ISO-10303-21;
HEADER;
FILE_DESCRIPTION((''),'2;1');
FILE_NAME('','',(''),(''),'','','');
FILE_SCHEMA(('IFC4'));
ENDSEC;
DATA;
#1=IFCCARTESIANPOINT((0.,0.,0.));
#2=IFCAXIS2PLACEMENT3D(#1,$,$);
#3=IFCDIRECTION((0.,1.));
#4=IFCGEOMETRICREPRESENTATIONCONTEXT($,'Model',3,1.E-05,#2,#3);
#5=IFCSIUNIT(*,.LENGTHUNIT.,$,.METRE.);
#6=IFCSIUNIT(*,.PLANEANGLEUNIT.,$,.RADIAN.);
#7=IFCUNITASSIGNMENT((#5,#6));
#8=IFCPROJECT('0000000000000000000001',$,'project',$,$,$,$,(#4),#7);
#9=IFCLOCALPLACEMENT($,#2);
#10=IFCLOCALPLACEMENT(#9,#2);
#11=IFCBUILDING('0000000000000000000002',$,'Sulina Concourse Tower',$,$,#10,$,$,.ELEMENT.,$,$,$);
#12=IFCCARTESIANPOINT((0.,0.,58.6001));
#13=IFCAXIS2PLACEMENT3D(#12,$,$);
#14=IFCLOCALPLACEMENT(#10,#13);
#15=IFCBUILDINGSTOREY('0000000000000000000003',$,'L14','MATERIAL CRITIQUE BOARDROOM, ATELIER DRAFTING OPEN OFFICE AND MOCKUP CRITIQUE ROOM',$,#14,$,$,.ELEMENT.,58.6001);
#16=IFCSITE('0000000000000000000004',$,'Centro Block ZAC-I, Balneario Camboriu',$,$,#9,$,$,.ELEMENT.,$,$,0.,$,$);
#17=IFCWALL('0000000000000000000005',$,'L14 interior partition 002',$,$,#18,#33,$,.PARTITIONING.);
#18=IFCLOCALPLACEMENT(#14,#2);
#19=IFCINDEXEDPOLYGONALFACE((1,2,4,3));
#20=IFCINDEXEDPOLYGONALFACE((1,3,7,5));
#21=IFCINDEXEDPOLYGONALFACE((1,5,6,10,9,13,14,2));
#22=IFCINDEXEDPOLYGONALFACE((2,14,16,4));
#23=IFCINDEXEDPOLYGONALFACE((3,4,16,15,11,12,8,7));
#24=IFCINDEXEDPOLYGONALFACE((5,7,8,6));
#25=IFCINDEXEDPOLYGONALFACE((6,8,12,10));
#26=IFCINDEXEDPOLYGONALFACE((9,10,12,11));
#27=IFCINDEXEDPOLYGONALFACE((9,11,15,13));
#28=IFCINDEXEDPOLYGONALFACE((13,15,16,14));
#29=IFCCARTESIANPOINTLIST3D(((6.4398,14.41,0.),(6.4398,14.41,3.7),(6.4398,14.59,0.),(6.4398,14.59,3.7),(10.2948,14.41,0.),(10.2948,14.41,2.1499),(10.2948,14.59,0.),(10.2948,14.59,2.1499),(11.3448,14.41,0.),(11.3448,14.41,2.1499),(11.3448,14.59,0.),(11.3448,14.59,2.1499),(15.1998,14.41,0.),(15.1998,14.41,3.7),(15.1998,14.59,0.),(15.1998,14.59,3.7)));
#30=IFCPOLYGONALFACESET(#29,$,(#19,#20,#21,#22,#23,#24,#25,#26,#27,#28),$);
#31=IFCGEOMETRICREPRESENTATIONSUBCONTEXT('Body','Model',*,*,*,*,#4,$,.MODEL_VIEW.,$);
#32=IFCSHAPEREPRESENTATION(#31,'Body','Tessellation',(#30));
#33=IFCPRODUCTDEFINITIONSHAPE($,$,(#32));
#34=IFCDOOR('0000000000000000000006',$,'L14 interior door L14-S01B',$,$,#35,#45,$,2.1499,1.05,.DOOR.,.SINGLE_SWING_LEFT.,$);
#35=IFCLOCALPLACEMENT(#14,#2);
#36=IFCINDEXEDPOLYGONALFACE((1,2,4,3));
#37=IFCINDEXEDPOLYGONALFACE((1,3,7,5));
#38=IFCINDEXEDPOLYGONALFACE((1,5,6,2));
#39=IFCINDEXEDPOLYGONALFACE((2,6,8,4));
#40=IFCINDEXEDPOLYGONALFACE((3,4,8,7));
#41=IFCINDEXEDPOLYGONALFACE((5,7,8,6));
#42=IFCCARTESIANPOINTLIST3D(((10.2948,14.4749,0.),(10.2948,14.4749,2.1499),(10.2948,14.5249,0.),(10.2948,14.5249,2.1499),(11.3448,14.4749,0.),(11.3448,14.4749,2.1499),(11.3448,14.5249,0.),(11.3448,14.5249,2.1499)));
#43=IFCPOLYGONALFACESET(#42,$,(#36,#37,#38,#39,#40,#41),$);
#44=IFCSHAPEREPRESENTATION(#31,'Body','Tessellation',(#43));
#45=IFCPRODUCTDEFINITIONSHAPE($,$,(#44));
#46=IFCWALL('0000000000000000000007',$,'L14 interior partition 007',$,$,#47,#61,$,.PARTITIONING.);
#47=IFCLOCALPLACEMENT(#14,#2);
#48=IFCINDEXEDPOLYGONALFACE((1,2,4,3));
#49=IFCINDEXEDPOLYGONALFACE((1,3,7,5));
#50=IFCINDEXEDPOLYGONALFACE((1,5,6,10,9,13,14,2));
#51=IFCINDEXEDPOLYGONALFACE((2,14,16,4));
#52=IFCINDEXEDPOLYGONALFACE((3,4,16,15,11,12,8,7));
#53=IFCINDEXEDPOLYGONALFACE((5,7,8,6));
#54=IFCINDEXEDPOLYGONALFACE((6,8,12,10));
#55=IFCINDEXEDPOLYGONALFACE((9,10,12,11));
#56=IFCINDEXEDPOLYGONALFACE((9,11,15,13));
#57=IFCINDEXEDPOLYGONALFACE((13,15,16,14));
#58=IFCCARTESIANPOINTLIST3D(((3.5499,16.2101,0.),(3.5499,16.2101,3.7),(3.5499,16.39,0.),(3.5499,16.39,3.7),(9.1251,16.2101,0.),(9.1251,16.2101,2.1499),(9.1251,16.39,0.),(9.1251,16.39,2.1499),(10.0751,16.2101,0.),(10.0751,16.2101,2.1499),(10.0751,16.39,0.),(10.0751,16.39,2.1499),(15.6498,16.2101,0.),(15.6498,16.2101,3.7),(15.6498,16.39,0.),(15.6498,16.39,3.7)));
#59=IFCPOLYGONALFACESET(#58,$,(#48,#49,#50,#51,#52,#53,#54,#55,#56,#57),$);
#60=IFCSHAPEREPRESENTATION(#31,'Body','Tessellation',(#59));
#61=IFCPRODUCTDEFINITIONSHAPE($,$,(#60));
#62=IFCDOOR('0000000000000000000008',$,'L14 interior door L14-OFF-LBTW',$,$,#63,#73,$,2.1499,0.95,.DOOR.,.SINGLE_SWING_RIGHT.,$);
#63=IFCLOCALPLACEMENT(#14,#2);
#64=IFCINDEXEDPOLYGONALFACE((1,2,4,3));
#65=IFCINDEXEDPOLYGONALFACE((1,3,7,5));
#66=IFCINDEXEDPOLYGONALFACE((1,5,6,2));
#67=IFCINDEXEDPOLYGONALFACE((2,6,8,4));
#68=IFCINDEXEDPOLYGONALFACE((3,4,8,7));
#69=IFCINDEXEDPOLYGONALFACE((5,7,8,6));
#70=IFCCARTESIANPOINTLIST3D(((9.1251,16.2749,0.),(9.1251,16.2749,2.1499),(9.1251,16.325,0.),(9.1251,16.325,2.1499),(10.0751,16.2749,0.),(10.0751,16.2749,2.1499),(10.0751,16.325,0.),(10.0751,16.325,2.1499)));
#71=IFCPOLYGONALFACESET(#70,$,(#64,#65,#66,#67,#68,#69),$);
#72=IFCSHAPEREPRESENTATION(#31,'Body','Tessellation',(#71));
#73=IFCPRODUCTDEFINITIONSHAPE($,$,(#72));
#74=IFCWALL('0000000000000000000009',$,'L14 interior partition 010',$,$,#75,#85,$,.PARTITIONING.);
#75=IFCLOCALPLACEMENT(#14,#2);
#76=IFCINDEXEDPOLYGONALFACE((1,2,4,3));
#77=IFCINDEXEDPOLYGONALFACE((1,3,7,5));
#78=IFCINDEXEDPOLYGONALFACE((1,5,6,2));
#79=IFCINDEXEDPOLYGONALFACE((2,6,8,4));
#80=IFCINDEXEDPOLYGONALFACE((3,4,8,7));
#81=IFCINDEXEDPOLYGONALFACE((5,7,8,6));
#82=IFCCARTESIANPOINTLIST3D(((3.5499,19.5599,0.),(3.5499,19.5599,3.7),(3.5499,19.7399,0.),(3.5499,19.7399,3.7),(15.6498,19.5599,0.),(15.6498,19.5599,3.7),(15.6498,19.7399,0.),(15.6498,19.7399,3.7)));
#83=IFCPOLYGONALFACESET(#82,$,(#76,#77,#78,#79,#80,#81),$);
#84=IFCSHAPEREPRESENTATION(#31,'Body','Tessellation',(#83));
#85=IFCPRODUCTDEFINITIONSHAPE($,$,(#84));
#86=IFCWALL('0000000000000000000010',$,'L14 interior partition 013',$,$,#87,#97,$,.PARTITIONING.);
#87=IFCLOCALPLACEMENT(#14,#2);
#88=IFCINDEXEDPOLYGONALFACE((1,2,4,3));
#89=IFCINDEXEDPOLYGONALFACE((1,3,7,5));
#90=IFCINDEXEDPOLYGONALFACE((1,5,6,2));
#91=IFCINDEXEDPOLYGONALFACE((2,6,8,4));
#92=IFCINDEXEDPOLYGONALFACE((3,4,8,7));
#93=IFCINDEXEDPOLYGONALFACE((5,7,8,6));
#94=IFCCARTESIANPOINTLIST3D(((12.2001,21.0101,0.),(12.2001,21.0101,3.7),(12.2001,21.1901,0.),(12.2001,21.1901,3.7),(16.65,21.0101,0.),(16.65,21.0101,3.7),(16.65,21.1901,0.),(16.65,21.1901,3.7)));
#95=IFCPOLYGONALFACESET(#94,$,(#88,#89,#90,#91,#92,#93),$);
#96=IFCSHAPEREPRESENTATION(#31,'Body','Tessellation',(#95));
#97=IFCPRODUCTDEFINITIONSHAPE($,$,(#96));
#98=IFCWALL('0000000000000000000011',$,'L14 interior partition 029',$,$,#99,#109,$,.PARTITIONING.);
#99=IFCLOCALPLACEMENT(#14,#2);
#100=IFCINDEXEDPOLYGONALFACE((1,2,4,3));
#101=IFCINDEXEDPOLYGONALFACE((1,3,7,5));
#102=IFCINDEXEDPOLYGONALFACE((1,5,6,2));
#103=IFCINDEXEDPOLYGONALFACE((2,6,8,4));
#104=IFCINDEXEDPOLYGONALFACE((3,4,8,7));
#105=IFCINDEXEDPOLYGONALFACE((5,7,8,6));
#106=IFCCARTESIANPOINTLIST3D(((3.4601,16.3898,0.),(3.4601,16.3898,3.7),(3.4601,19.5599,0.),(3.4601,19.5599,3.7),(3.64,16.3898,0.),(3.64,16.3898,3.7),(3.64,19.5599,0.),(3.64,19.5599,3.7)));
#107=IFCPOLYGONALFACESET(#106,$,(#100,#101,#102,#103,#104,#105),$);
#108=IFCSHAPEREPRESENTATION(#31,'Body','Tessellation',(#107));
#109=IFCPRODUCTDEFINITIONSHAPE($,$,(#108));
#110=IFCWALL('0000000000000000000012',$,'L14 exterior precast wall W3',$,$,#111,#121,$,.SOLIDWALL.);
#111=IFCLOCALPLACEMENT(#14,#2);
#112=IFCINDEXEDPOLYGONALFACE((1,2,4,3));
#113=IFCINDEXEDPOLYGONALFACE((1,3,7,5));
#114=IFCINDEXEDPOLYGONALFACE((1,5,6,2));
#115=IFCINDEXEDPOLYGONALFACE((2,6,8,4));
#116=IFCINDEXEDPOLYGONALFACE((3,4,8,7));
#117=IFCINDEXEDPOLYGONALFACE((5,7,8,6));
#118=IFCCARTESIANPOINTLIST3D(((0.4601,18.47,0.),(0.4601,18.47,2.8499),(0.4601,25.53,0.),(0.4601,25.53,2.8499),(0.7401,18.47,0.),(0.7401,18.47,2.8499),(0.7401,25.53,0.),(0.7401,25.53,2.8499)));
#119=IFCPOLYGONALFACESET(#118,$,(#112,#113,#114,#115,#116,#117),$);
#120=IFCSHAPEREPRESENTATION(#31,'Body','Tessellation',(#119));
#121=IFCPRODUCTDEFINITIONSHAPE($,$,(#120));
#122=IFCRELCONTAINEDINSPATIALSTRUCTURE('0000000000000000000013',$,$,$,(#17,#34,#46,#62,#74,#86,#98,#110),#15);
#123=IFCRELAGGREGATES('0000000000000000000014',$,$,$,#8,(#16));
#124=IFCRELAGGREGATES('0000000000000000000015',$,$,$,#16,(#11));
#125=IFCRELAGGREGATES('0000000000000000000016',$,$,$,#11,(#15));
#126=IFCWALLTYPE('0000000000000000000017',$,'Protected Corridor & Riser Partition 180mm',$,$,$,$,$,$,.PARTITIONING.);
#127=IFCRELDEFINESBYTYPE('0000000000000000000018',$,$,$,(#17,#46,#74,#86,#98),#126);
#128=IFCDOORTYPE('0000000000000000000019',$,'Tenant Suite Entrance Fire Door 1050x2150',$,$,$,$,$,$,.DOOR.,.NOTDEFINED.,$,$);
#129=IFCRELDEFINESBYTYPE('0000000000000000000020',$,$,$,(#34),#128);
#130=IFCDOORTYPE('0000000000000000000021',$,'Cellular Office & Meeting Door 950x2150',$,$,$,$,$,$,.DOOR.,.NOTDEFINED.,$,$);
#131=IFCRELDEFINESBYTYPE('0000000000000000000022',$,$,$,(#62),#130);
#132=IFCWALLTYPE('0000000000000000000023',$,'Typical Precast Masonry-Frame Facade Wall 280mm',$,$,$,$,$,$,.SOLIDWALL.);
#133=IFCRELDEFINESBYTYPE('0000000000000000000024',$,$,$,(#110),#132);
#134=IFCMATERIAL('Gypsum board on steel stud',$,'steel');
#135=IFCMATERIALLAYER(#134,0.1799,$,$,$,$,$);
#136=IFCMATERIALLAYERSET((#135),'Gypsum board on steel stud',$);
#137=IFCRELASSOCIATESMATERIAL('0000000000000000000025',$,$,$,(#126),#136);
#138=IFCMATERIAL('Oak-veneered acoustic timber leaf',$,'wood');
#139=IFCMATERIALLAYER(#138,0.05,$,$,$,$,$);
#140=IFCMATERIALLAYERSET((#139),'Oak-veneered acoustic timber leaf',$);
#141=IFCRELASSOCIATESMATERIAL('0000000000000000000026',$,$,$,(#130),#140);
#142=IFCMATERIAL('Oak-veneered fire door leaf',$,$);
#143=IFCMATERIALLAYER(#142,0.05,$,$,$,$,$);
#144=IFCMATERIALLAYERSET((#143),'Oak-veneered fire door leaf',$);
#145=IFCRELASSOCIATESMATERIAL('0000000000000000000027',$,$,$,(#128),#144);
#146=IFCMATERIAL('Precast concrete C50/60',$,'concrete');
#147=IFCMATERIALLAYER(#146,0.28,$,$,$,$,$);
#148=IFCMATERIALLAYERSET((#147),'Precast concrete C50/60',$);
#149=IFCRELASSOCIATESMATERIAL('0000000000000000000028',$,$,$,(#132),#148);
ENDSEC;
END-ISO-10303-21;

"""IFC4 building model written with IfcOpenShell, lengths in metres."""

from ifc_helpers import new_model, si_unit, direction, frame, frame_2d, origin, place, context, subcontext, project, spatial, rectangle, extrude, material, layer, layer_set, type_object, element, fill, save


model = new_model("IFC4")

# Units and contexts
model_context = context("Model", 3, precision=1e-05, world=origin(), true_north=direction((0.0, 1.0)))
body_context = subcontext(model_context, "Body", "Model", "MODEL_VIEW")
ifc_project = project(units=[si_unit("LENGTHUNIT", "METRE"), si_unit("PLANEANGLEUNIT", "RADIAN")], contexts=[model_context])

# Site, building, storey
site_placement = place(None, origin())
site = spatial("IfcSite", under=ifc_project, at=site_placement, Name="Centro Block ZAC-I, Balneario Camboriu", CompositionType="ELEMENT", RefElevation=0.0)
building_placement = place(site_placement, origin())
building = spatial("IfcBuilding", under=site, at=building_placement, Name="Sulina Concourse Tower", CompositionType="ELEMENT")
storey_placement = place(building_placement, frame((0.0, 0.0, 58.6001)))
storey = spatial("IfcBuildingStorey", under=building, at=storey_placement, Name="L14", Description="MATERIAL CRITIQUE BOARDROOM, ATELIER DRAFTING OPEN OFFICE AND MOCKUP CRITIQUE ROOM", CompositionType="ELEMENT", Elevation=58.6001)

# Walls, openings, doors
ifc_material_1 = material(Name="Gypsum board on steel stud", Category="steel")
ifc_layer_1 = layer(ifc_material_1, 0.1799)
ifc_layer_set_1 = layer_set([ifc_layer_1], Name="Gypsum board on steel stud")
wall_type_1 = type_object("IfcWallType", Name="Protected Corridor & Riser Partition 180mm", PredefinedType="PARTITIONING", material=ifc_layer_set_1)
ifc_material_2 = material(Name="Oak-veneered acoustic timber leaf", Category="wood")
ifc_layer_2 = layer(ifc_material_2, 0.05)
ifc_layer_set_2 = layer_set([ifc_layer_2], Name="Oak-veneered acoustic timber leaf")
door_type_1 = type_object("IfcDoorType", Name="Cellular Office & Meeting Door 950x2150", OperationType="NOTDEFINED", PredefinedType="DOOR", material=ifc_layer_set_2)
wall_1_placement = place(storey_placement, frame((6.4399, 14.5, 0.0), z_axis=(0.0, 0.0, 1.0), x_axis=(1.0, 0.0, 0.0)))
wall_1 = element("IfcWall", 1, at=wall_1_placement, inside=storey, type_object=wall_type_1, Name="L14 interior partition 002", PredefinedType="PARTITIONING", context=body_context, shape_type="SweptSolid", body=[
    extrude(rectangle(XDim=8.76, YDim=0.1799, at=frame_2d((4.3799, 0.0))), origin(), (0.0, 0.0, 1.0), 3.7),
])
opening_1_placement = place(wall_1_placement, frame((3.855, 0.0, 0.0)))
opening_1 = element("IfcOpeningElement", 2, at=opening_1_placement, cuts=wall_1, PredefinedType="OPENING", context=body_context, shape_type="SweptSolid", body=[
    extrude(rectangle(XDim=1.05, YDim=2.1499, at=frame_2d((0.5249, 1.075))), frame((0.0, 0.0999, 0.0), z_axis=(0.0, -1.0, 0.0), x_axis=(1.0, 0.0, 0.0)), (0.0, 0.0, 1.0), 0.2),
])
ifc_material_3 = material(Name="Oak-veneered fire door leaf")
ifc_layer_3 = layer(ifc_material_3, 0.05)
ifc_layer_set_3 = layer_set([ifc_layer_3], Name="Oak-veneered fire door leaf")
door_type_2 = type_object("IfcDoorType", Name="Tenant Suite Entrance Fire Door 1050x2150", OperationType="NOTDEFINED", PredefinedType="DOOR", material=ifc_layer_set_3)
door_1_placement = place(opening_1_placement, origin())
door_1 = element("IfcDoor", 3, at=door_1_placement, inside=storey, type_object=door_type_2, Name="L14 interior door L14-S01B", OperationType="SINGLE_SWING_LEFT", OverallHeight=2.1499, OverallWidth=1.05, PredefinedType="DOOR", context=body_context, shape_type="SweptSolid", body=[
    extrude(rectangle(XDim=1.05, YDim=2.1499, at=frame_2d((0.5249, 1.075))), frame((0.0, 0.0249, 0.0), z_axis=(0.0, -1.0, 0.0), x_axis=(1.0, 0.0, 0.0)), (0.0, 0.0, 1.0), 0.05),
])
fill(opening_1, door_1)
wall_2_placement = place(storey_placement, frame((3.55, 16.3, 0.0), z_axis=(0.0, 0.0, 1.0), x_axis=(1.0, 0.0, 0.0)))
wall_2 = element("IfcWall", 4, at=wall_2_placement, inside=storey, type_object=wall_type_1, Name="L14 interior partition 007", PredefinedType="PARTITIONING", context=body_context, shape_type="SweptSolid", body=[
    extrude(rectangle(XDim=12.0999, YDim=0.1799, at=frame_2d((6.0498, 0.0))), origin(), (0.0, 0.0, 1.0), 3.7),
])
opening_2_placement = place(wall_2_placement, frame((5.575, 0.0, 0.0)))
opening_2 = element("IfcOpeningElement", 5, at=opening_2_placement, cuts=wall_2, PredefinedType="OPENING", context=body_context, shape_type="SweptSolid", body=[
    extrude(rectangle(XDim=0.95, YDim=2.1499, at=frame_2d((0.4751, 1.075))), frame((0.0, 0.0999, 0.0), z_axis=(0.0, -1.0, 0.0), x_axis=(1.0, 0.0, 0.0)), (0.0, 0.0, 1.0), 0.2),
])
door_2_placement = place(opening_2_placement, origin())
door_2 = element("IfcDoor", 6, at=door_2_placement, inside=storey, type_object=door_type_1, Name="L14 interior door L14-OFF-LBTW", OperationType="SINGLE_SWING_RIGHT", OverallHeight=2.1499, OverallWidth=0.95, PredefinedType="DOOR", context=body_context, shape_type="SweptSolid", body=[
    extrude(rectangle(XDim=0.95, YDim=2.1499, at=frame_2d((0.4751, 1.075))), frame((0.0, 0.0249, 0.0), z_axis=(0.0, -1.0, 0.0), x_axis=(1.0, 0.0, 0.0)), (0.0, 0.0, 1.0), 0.05),
])
fill(opening_2, door_2)

# Walls
wall_3_placement = place(storey_placement, frame((3.55, 19.6499, 0.0), z_axis=(0.0, 0.0, 1.0), x_axis=(1.0, 0.0, 0.0)))
element("IfcWall", 7, at=wall_3_placement, inside=storey, type_object=wall_type_1, Name="L14 interior partition 010", PredefinedType="PARTITIONING", context=body_context, shape_type="SweptSolid", body=[
    extrude(rectangle(XDim=12.0999, YDim=0.1799, at=frame_2d((6.0498, 0.0))), origin(), (0.0, 0.0, 1.0), 3.7),
])
wall_4_placement = place(storey_placement, frame((12.2, 21.1001, 0.0), z_axis=(0.0, 0.0, 1.0), x_axis=(1.0, 0.0, 0.0)))
element("IfcWall", 8, at=wall_4_placement, inside=storey, type_object=wall_type_1, Name="L14 interior partition 013", PredefinedType="PARTITIONING", context=body_context, shape_type="SweptSolid", body=[
    extrude(rectangle(XDim=4.45, YDim=0.1799, at=frame_2d((2.2251, 0.0))), origin(), (0.0, 0.0, 1.0), 3.7),
])
wall_5_placement = place(storey_placement, frame((3.55, 16.3899, 0.0), z_axis=(0.0, 0.0, 1.0), x_axis=(0.0, 1.0, 0.0)))
element("IfcWall", 9, at=wall_5_placement, inside=storey, type_object=wall_type_1, Name="L14 interior partition 029", PredefinedType="PARTITIONING", context=body_context, shape_type="SweptSolid", body=[
    extrude(rectangle(XDim=3.1702, YDim=0.1799, at=frame_2d((1.585, 0.0))), origin(), (0.0, 0.0, 1.0), 3.7),
])
ifc_material_4 = material(Name="Precast concrete C50/60", Category="concrete")
ifc_layer_4 = layer(ifc_material_4, 0.28)
ifc_layer_set_4 = layer_set([ifc_layer_4], Name="Precast concrete C50/60")
wall_type_2 = type_object("IfcWallType", Name="Typical Precast Masonry-Frame Facade Wall 280mm", PredefinedType="SOLIDWALL", material=ifc_layer_set_4)
wall_6_placement = place(storey_placement, frame((0.6001, 18.47, 0.0), z_axis=(0.0, 0.0, 1.0), x_axis=(0.0, 1.0, 0.0)))
element("IfcWall", 10, at=wall_6_placement, inside=storey, type_object=wall_type_2, Name="L14 exterior precast wall W3", PredefinedType="SOLIDWALL", context=body_context, shape_type="SweptSolid", body=[
    extrude(rectangle(XDim=7.0601, YDim=0.28, at=frame_2d((3.53, 0.0))), origin(), (0.0, 0.0, 1.0), 2.8499),
])

save(model, "model.ifc")
